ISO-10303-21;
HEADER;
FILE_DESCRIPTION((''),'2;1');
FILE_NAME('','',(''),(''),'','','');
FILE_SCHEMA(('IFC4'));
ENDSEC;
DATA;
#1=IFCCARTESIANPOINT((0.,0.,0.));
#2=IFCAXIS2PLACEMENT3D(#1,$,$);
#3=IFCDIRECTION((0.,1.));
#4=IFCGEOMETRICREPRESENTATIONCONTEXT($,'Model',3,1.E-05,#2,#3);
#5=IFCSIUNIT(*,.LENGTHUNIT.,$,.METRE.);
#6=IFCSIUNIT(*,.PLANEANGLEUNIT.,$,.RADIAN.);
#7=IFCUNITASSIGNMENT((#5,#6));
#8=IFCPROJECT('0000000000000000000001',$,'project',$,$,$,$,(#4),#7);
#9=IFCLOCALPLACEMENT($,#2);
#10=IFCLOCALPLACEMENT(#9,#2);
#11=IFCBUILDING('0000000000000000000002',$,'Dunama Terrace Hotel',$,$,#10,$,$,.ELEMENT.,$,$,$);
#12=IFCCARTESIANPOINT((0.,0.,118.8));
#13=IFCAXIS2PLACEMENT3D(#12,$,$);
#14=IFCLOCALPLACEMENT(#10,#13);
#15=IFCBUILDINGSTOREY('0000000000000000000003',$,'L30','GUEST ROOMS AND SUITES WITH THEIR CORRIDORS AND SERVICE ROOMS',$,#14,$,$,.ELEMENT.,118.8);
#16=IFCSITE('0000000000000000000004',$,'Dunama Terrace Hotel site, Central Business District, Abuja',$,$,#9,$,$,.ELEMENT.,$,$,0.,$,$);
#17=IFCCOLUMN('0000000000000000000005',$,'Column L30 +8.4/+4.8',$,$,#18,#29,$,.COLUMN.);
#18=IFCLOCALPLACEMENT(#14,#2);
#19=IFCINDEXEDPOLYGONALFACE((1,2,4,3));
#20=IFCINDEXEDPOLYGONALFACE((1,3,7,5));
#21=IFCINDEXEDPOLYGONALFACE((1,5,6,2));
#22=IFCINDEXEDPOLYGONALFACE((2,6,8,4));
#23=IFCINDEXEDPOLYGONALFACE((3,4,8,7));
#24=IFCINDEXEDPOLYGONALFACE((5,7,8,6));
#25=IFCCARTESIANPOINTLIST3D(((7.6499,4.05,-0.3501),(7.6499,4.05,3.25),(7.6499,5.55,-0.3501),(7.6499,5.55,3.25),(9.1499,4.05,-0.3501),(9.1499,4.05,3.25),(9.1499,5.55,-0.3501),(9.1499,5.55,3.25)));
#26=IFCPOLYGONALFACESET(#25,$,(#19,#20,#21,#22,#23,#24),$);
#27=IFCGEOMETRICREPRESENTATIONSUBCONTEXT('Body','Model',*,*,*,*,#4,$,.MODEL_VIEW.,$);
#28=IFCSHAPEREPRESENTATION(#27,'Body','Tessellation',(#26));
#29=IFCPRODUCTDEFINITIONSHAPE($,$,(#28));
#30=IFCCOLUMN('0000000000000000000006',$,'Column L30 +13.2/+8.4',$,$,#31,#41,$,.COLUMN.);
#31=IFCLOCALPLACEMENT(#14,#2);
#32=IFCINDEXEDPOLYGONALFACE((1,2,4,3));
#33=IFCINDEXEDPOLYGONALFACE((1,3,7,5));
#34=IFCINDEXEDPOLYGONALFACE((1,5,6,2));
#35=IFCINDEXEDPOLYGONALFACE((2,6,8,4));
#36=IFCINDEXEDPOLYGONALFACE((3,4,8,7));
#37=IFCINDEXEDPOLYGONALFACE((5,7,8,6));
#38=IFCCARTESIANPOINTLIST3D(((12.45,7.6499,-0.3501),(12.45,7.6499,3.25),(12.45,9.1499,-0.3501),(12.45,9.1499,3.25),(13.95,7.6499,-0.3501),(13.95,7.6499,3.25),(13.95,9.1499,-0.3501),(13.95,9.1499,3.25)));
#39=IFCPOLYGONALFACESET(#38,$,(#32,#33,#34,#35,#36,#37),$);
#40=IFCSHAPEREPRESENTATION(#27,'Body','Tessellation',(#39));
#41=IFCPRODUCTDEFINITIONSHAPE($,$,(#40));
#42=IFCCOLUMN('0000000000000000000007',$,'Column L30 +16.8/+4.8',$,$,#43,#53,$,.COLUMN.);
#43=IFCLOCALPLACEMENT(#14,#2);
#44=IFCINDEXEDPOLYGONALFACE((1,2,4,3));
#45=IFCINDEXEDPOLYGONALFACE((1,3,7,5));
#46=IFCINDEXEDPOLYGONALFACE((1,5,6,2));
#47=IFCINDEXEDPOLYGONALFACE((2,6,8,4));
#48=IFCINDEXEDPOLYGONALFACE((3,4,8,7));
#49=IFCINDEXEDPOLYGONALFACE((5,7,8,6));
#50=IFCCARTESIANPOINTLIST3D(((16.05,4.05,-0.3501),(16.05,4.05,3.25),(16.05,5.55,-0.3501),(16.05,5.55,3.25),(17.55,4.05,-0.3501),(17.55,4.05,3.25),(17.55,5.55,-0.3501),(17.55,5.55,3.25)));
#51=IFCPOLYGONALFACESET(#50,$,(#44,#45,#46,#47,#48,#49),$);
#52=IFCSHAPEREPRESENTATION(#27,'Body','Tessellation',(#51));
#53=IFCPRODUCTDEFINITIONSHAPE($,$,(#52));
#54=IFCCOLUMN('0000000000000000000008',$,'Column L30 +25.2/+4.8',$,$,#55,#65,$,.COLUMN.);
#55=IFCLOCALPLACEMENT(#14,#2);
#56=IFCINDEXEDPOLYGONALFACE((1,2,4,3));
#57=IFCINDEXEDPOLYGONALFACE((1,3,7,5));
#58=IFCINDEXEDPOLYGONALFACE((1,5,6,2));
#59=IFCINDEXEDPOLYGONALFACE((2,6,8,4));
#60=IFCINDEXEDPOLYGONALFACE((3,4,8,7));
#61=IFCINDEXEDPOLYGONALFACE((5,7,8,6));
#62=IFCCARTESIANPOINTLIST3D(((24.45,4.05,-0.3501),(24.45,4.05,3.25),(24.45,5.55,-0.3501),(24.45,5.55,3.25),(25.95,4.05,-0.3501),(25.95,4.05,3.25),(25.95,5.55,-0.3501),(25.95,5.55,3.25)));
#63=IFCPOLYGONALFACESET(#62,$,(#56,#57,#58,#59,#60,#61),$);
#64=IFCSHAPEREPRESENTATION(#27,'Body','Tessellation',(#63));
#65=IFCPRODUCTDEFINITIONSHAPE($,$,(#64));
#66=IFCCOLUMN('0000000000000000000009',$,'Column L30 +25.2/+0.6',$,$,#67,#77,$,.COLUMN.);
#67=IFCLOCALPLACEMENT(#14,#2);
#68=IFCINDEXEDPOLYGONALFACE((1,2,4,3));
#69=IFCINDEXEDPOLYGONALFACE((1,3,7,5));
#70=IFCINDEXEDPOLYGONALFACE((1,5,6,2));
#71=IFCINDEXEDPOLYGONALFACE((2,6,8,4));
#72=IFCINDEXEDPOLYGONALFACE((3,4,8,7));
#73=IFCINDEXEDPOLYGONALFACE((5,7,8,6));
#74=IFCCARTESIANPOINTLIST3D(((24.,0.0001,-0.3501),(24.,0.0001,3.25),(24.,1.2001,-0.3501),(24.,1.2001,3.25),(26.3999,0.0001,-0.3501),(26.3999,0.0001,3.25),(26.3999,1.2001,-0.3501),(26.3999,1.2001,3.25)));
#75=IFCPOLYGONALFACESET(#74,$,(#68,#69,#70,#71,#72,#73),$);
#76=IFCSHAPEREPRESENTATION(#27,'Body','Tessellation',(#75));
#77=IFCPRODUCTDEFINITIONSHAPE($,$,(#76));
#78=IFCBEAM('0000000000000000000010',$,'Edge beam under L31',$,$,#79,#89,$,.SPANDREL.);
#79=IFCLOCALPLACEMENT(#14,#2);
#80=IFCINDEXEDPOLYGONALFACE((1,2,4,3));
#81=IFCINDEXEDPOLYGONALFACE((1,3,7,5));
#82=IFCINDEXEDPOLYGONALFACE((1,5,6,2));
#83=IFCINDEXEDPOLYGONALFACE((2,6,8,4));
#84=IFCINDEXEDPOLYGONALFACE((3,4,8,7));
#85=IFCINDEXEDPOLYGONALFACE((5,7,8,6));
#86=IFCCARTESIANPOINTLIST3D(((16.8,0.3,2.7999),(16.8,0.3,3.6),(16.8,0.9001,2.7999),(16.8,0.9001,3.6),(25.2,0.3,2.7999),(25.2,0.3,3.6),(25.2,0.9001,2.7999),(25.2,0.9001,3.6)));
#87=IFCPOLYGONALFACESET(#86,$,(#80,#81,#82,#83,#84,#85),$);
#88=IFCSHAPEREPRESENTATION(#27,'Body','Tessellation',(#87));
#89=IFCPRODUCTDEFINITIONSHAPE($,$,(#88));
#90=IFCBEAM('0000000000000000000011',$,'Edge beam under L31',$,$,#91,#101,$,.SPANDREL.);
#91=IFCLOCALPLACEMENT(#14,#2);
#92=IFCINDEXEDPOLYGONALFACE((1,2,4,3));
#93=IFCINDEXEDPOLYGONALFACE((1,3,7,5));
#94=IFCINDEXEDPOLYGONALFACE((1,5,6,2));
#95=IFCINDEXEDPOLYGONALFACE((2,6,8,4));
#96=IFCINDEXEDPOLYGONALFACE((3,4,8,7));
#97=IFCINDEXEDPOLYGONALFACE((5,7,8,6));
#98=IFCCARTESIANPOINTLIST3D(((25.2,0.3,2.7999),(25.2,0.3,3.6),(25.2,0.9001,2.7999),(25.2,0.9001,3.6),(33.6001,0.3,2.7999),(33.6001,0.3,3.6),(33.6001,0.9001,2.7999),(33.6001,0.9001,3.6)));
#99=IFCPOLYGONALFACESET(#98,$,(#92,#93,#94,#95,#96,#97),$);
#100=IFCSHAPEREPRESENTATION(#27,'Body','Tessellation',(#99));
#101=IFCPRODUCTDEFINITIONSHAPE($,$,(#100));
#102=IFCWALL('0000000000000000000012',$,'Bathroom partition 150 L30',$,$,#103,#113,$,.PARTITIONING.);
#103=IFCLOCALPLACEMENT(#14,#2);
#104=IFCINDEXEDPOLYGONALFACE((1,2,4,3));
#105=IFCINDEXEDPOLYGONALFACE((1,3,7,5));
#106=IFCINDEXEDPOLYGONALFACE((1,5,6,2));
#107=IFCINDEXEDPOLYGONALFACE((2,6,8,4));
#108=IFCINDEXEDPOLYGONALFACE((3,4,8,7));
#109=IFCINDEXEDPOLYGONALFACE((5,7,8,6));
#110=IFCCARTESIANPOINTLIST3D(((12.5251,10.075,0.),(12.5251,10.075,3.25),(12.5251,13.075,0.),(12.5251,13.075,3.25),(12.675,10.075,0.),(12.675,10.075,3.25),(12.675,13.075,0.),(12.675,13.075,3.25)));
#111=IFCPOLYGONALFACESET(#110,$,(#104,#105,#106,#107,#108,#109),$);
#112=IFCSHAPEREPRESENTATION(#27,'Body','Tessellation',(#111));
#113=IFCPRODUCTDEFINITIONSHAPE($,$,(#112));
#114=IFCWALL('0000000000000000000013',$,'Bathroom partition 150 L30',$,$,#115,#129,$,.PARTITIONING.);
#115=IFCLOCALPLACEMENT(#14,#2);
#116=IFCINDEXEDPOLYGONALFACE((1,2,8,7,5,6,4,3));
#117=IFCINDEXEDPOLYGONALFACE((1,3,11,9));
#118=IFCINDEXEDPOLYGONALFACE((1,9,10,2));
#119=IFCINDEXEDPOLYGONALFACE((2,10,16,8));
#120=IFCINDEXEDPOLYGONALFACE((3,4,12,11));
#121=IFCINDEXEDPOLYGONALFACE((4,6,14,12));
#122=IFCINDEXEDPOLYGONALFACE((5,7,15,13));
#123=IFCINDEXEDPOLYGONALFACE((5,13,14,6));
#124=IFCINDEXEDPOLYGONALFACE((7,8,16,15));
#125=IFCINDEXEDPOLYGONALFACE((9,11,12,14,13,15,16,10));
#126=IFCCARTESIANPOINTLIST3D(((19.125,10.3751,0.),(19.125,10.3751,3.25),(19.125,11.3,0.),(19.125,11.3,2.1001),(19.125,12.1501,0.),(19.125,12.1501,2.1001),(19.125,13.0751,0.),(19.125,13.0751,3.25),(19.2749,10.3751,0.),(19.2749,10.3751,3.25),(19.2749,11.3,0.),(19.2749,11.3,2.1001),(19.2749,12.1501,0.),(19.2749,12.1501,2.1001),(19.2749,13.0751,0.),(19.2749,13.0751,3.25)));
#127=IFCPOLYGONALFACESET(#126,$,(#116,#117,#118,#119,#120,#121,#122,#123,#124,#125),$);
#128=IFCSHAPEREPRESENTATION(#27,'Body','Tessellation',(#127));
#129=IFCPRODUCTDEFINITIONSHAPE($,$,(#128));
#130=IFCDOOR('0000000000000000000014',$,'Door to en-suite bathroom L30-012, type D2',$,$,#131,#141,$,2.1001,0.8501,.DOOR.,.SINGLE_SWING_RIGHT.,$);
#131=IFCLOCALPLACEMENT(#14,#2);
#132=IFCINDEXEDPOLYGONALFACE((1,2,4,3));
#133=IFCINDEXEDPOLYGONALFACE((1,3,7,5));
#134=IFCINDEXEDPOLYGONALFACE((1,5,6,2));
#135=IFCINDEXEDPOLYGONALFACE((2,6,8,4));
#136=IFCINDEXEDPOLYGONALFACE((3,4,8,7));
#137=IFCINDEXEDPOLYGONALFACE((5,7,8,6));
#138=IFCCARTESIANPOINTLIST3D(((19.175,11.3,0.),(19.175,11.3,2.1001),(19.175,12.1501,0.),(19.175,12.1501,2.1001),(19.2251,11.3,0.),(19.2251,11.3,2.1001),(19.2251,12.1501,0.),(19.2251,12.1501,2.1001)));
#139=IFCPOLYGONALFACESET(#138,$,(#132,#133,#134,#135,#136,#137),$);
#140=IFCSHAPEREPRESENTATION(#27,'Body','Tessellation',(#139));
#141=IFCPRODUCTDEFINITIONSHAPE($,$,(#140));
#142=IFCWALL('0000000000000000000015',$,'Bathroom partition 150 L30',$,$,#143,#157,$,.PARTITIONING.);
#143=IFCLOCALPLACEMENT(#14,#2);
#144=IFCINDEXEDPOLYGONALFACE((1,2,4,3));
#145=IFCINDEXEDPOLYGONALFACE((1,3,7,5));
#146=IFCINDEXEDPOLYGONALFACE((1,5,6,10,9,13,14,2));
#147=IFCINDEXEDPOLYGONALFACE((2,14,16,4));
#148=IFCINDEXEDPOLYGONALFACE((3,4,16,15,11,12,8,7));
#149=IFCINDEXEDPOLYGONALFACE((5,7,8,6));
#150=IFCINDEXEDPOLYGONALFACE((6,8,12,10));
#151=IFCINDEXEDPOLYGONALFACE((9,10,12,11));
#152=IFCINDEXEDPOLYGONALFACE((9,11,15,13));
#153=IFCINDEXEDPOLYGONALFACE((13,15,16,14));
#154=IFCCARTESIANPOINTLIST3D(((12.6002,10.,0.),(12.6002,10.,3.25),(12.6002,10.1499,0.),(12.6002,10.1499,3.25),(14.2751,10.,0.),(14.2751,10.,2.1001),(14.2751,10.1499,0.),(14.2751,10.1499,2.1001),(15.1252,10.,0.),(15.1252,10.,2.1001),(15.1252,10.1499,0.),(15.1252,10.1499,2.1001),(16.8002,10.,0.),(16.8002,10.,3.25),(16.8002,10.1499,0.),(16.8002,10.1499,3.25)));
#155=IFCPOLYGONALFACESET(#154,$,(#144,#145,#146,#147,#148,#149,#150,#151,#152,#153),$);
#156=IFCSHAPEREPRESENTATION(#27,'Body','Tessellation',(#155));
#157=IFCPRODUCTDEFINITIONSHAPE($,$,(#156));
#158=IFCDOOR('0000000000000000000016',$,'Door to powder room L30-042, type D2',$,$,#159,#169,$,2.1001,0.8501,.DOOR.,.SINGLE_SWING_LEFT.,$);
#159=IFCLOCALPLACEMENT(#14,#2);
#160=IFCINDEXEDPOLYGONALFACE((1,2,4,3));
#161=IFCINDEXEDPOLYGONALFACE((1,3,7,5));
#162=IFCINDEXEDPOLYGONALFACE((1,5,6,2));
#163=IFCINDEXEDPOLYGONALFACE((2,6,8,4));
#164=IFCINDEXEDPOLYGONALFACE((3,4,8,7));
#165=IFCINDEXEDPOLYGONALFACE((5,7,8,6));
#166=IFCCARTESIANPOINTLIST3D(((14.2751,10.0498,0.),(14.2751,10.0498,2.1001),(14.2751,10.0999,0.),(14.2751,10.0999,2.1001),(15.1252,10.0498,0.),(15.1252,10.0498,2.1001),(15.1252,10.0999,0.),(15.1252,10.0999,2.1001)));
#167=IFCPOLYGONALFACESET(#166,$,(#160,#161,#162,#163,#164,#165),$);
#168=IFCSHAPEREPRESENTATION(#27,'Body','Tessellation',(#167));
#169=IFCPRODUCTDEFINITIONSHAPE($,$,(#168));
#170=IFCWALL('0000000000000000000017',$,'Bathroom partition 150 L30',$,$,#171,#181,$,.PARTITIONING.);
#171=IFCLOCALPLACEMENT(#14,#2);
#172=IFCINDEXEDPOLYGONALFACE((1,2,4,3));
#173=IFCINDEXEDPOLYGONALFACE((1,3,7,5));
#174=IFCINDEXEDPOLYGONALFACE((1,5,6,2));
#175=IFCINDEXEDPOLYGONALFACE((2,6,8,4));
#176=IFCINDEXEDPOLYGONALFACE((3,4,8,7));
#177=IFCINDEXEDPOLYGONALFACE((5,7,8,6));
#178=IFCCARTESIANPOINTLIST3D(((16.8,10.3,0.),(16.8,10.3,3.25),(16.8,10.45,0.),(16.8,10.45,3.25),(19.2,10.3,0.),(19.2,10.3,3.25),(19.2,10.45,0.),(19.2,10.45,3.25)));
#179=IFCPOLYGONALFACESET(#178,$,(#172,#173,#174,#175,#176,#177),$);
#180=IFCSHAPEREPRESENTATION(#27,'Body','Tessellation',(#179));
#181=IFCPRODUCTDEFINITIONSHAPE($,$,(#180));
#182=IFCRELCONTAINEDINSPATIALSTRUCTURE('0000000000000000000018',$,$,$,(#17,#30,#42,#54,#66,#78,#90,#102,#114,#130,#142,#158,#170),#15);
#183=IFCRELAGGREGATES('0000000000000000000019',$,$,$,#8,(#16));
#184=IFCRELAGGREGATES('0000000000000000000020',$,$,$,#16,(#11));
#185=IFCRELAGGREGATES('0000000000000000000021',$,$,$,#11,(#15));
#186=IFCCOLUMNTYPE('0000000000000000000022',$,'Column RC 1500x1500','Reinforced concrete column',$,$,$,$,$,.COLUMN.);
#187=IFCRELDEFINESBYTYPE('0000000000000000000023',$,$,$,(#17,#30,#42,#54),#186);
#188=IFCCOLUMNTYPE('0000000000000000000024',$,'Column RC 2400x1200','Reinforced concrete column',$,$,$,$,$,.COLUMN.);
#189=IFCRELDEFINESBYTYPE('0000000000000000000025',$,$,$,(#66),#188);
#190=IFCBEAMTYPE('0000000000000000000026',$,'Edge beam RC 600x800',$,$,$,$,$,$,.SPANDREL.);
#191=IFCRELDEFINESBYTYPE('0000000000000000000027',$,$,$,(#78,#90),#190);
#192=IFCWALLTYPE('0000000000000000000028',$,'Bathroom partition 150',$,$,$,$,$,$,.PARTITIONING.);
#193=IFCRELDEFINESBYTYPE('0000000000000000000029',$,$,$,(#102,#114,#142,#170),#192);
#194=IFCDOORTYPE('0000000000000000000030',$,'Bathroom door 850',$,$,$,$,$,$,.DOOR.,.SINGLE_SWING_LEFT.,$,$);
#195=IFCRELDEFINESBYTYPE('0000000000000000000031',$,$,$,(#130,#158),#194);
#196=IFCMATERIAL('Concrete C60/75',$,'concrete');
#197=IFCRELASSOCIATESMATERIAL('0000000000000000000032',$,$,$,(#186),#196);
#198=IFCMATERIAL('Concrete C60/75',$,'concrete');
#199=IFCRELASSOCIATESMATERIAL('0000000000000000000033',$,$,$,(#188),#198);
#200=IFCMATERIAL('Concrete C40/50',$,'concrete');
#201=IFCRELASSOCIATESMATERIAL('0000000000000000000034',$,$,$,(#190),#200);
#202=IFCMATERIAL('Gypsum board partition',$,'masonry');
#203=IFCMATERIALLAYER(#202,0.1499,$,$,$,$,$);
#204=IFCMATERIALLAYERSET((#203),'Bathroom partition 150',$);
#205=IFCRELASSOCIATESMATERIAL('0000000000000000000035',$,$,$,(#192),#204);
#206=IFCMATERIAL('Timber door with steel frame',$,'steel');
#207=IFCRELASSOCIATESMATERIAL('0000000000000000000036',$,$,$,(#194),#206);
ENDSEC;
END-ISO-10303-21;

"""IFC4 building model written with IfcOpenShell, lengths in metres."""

from ifc_helpers import new_model, si_unit, direction, frame, frame_2d, origin, origin_2d, place, context, subcontext, project, spatial, rectangle, extrude, material, layer, layer_set, material_profile, profile_set, type_object, element, fill, save


model = new_model("IFC4")

# Units and contexts
model_context = context("Model", 3, precision=1e-05, world=origin(), true_north=direction((0.0, 1.0)))
body_context = subcontext(model_context, "Body", "Model", "MODEL_VIEW")
ifc_project = project(units=[si_unit("LENGTHUNIT", "METRE"), si_unit("PLANEANGLEUNIT", "RADIAN")], contexts=[model_context])

# Site, building, storey
site_placement = place(None, origin())
site = spatial("IfcSite", under=ifc_project, at=site_placement, Name="Dunama Terrace Hotel site, Central Business District, Abuja", CompositionType="ELEMENT", RefElevation=0.0)
building_placement = place(site_placement, origin())
building = spatial("IfcBuilding", under=site, at=building_placement, Name="Dunama Terrace Hotel", CompositionType="ELEMENT")
storey_placement = place(building_placement, frame((0.0, 0.0, 118.8)))
storey = spatial("IfcBuildingStorey", under=building, at=storey_placement, Name="L30", Description="GUEST ROOMS AND SUITES WITH THEIR CORRIDORS AND SERVICE ROOMS", CompositionType="ELEMENT", Elevation=118.8)

# Columns
ifc_material_1 = material(Name="Concrete C60/75", Category="concrete")
ifc_material_profile_1 = material_profile(ifc_material_1, rectangle(XDim=1.5, YDim=1.5, at=origin_2d()), Name="RC 1500x1500")
ifc_profile_set_1 = profile_set([ifc_material_profile_1], Name="Concrete C60/75")
column_type_1 = type_object("IfcColumnType", Name="Column RC 1500x1500", Description="Reinforced concrete column", PredefinedType="COLUMN", material=ifc_profile_set_1)
for number, where, z_axis, x_axis, name in (
    (1, (8.3999, 4.8, -0.3501), (0.0, 0.0, 1.0), (1.0, 0.0, 0.0), "Column L30 +8.4/+4.8"),
    (2, (13.2, 8.3999, -0.3501), (0.0, 0.0, 1.0), (1.0, 0.0, 0.0), "Column L30 +13.2/+8.4"),
    (3, (16.8, 4.8, -0.3501), (0.0, 0.0, 1.0), (1.0, 0.0, 0.0), "Column L30 +16.8/+4.8"),
    (4, (25.2, 4.8, -0.3501), (0.0, 0.0, 1.0), (1.0, 0.0, 0.0), "Column L30 +25.2/+4.8"),
):
    element("IfcColumn", number, at=place(storey_placement, frame(where, z_axis=z_axis, x_axis=x_axis)), inside=storey, type_object=column_type_1, Name=name, PredefinedType="COLUMN", context=body_context, shape_type="SweptSolid", body=[
        extrude(rectangle(XDim=1.5, YDim=1.5, at=origin_2d()), origin(), (0.0, 0.0, 1.0), 3.6001),
    ])
ifc_material_2 = material(Name="Concrete C60/75", Category="concrete")
ifc_material_profile_2 = material_profile(ifc_material_2, rectangle(XDim=2.3999, YDim=1.2, at=origin_2d()), Name="RC 2400x1200")
ifc_profile_set_2 = profile_set([ifc_material_profile_2], Name="Concrete C60/75")
column_type_2 = type_object("IfcColumnType", Name="Column RC 2400x1200", Description="Reinforced concrete column", PredefinedType="COLUMN", material=ifc_profile_set_2)
column_placement = place(storey_placement, frame((25.2, 0.6001, -0.3501), z_axis=(0.0, 0.0, 1.0), x_axis=(1.0, 0.0, 0.0)))
element("IfcColumn", 5, at=column_placement, inside=storey, type_object=column_type_2, Name="Column L30 +25.2/+0.6", PredefinedType="COLUMN", context=body_context, shape_type="SweptSolid", body=[
    extrude(rectangle(XDim=2.3999, YDim=1.2, at=origin_2d()), origin(), (0.0, 0.0, 1.0), 3.6001),
])

# Beams
ifc_material_3 = material(Name="Concrete C40/50", Category="concrete")
ifc_material_profile_3 = material_profile(ifc_material_3, rectangle(XDim=0.6001, YDim=0.8, at=origin_2d()), Name="RC 600x800")
ifc_profile_set_3 = profile_set([ifc_material_profile_3], Name="Concrete C40/50")
beam_type = type_object("IfcBeamType", Name="Edge beam RC 600x800", PredefinedType="SPANDREL", material=ifc_profile_set_3)
beam_1_placement = place(storey_placement, frame((16.8, 0.6001, 3.2), z_axis=(1.0, 0.0, 0.0), x_axis=(0.0, 1.0, 0.0)))
element("IfcBeam", 6, at=beam_1_placement, inside=storey, type_object=beam_type, Name="Edge beam under L31", PredefinedType="SPANDREL", context=body_context, shape_type="SweptSolid", body=[
    extrude(rectangle(XDim=0.6001, YDim=0.8, at=origin_2d()), origin(), (0.0, 0.0, 1.0), 8.3999),
])
beam_2_placement = place(storey_placement, frame((25.2, 0.6001, 3.2), z_axis=(1.0, 0.0, 0.0), x_axis=(0.0, 1.0, 0.0)))
element("IfcBeam", 7, at=beam_2_placement, inside=storey, type_object=beam_type, Name="Edge beam under L31", PredefinedType="SPANDREL", context=body_context, shape_type="SweptSolid", body=[
    extrude(rectangle(XDim=0.6001, YDim=0.8, at=origin_2d()), origin(), (0.0, 0.0, 1.0), 8.4001),
])

# Wall
ifc_material_4 = material(Name="Gypsum board partition", Category="masonry")
ifc_layer = layer(ifc_material_4, 0.1499)
ifc_layer_set = layer_set([ifc_layer], Name="Bathroom partition 150")
wall_type = type_object("IfcWallType", Name="Bathroom partition 150", PredefinedType="PARTITIONING", material=ifc_layer_set)
wall_1_placement = place(storey_placement, frame((12.6001, 10.075, 0.0), z_axis=(0.0, 0.0, 1.0), x_axis=(0.0, 1.0, 0.0)))
element("IfcWall", 8, at=wall_1_placement, inside=storey, type_object=wall_type, Name="Bathroom partition 150 L30", PredefinedType="PARTITIONING", context=body_context, shape_type="SweptSolid", body=[
    extrude(rectangle(XDim=3.0, YDim=0.1499, at=frame_2d((1.5, 0.0))), origin(), (0.0, 0.0, 1.0), 3.25),
])

# Walls, openings, doors
wall_2_placement = place(storey_placement, frame((19.2, 10.375, 0.0), z_axis=(0.0, 0.0, 1.0), x_axis=(0.0, 1.0, 0.0)))
wall_2 = element("IfcWall", 9, at=wall_2_placement, inside=storey, type_object=wall_type, Name="Bathroom partition 150 L30", PredefinedType="PARTITIONING", context=body_context, shape_type="SweptSolid", body=[
    extrude(rectangle(XDim=2.7, YDim=0.1499, at=frame_2d((1.3501, 0.0))), origin(), (0.0, 0.0, 1.0), 3.25),
])
opening_1_placement = place(wall_2_placement, frame((0.925, 0.0, 0.0)))
opening_1 = element("IfcOpeningElement", 10, at=opening_1_placement, cuts=wall_2, PredefinedType="OPENING", context=body_context, shape_type="SweptSolid", body=[
    extrude(rectangle(XDim=0.8501, YDim=2.1001, at=frame_2d((0.425, 1.05))), frame((0.0, 0.085, 0.0), z_axis=(0.0, -1.0, 0.0), x_axis=(1.0, 0.0, 0.0)), (0.0, 0.0, 1.0), 0.1699),
])
ifc_material_5 = material(Name="Timber door with steel frame", Category="steel")
door_type = type_object("IfcDoorType", Name="Bathroom door 850", OperationType="SINGLE_SWING_LEFT", PredefinedType="DOOR", material=ifc_material_5)
door_1_placement = place(opening_1_placement, origin())
door_1 = element("IfcDoor", 11, at=door_1_placement, inside=storey, type_object=door_type, Name="Door to en-suite bathroom L30-012, type D2", OperationType="SINGLE_SWING_RIGHT", OverallHeight=2.1001, OverallWidth=0.8501, PredefinedType="DOOR", context=body_context, shape_type="SweptSolid", body=[
    extrude(rectangle(XDim=0.8501, YDim=2.1001, at=frame_2d((0.425, 1.05))), frame((0.0, 0.0249, 0.0), z_axis=(0.0, -1.0, 0.0), x_axis=(1.0, 0.0, 0.0)), (0.0, 0.0, 1.0), 0.05),
])
fill(opening_1, door_1)
wall_3_placement = place(storey_placement, frame((12.6001, 10.075, 0.0), z_axis=(0.0, 0.0, 1.0), x_axis=(1.0, 0.0, 0.0)))
wall_3 = element("IfcWall", 12, at=wall_3_placement, inside=storey, type_object=wall_type, Name="Bathroom partition 150 L30", PredefinedType="PARTITIONING", context=body_context, shape_type="SweptSolid", body=[
    extrude(rectangle(XDim=4.2, YDim=0.1499, at=frame_2d((2.1001, 0.0))), origin(), (0.0, 0.0, 1.0), 3.25),
])
opening_2_placement = place(wall_3_placement, frame((1.675, 0.0, 0.0)))
opening_2 = element("IfcOpeningElement", 13, at=opening_2_placement, cuts=wall_3, PredefinedType="OPENING", context=body_context, shape_type="SweptSolid", body=[
    extrude(rectangle(XDim=0.8501, YDim=2.1001, at=frame_2d((0.425, 1.05))), frame((0.0, 0.085, 0.0), z_axis=(0.0, -1.0, 0.0), x_axis=(1.0, 0.0, 0.0)), (0.0, 0.0, 1.0), 0.1699),
])
door_2_placement = place(opening_2_placement, origin())
door_2 = element("IfcDoor", 14, at=door_2_placement, inside=storey, type_object=door_type, Name="Door to powder room L30-042, type D2", OperationType="SINGLE_SWING_LEFT", OverallHeight=2.1001, OverallWidth=0.8501, PredefinedType="DOOR", context=body_context, shape_type="SweptSolid", body=[
    extrude(rectangle(XDim=0.8501, YDim=2.1001, at=frame_2d((0.425, 1.05))), frame((0.0, 0.0249, 0.0), z_axis=(0.0, -1.0, 0.0), x_axis=(1.0, 0.0, 0.0)), (0.0, 0.0, 1.0), 0.05),
])
fill(opening_2, door_2)

# Wall
wall_4_placement = place(storey_placement, frame((16.8, 10.375, 0.0), z_axis=(0.0, 0.0, 1.0), x_axis=(1.0, 0.0, 0.0)))
element("IfcWall", 15, at=wall_4_placement, inside=storey, type_object=wall_type, Name="Bathroom partition 150 L30", PredefinedType="PARTITIONING", context=body_context, shape_type="SweptSolid", body=[
    extrude(rectangle(XDim=2.3999, YDim=0.1499, at=frame_2d((1.2, 0.0))), origin(), (0.0, 0.0, 1.0), 3.25),
])

save(model, "model.ifc")
